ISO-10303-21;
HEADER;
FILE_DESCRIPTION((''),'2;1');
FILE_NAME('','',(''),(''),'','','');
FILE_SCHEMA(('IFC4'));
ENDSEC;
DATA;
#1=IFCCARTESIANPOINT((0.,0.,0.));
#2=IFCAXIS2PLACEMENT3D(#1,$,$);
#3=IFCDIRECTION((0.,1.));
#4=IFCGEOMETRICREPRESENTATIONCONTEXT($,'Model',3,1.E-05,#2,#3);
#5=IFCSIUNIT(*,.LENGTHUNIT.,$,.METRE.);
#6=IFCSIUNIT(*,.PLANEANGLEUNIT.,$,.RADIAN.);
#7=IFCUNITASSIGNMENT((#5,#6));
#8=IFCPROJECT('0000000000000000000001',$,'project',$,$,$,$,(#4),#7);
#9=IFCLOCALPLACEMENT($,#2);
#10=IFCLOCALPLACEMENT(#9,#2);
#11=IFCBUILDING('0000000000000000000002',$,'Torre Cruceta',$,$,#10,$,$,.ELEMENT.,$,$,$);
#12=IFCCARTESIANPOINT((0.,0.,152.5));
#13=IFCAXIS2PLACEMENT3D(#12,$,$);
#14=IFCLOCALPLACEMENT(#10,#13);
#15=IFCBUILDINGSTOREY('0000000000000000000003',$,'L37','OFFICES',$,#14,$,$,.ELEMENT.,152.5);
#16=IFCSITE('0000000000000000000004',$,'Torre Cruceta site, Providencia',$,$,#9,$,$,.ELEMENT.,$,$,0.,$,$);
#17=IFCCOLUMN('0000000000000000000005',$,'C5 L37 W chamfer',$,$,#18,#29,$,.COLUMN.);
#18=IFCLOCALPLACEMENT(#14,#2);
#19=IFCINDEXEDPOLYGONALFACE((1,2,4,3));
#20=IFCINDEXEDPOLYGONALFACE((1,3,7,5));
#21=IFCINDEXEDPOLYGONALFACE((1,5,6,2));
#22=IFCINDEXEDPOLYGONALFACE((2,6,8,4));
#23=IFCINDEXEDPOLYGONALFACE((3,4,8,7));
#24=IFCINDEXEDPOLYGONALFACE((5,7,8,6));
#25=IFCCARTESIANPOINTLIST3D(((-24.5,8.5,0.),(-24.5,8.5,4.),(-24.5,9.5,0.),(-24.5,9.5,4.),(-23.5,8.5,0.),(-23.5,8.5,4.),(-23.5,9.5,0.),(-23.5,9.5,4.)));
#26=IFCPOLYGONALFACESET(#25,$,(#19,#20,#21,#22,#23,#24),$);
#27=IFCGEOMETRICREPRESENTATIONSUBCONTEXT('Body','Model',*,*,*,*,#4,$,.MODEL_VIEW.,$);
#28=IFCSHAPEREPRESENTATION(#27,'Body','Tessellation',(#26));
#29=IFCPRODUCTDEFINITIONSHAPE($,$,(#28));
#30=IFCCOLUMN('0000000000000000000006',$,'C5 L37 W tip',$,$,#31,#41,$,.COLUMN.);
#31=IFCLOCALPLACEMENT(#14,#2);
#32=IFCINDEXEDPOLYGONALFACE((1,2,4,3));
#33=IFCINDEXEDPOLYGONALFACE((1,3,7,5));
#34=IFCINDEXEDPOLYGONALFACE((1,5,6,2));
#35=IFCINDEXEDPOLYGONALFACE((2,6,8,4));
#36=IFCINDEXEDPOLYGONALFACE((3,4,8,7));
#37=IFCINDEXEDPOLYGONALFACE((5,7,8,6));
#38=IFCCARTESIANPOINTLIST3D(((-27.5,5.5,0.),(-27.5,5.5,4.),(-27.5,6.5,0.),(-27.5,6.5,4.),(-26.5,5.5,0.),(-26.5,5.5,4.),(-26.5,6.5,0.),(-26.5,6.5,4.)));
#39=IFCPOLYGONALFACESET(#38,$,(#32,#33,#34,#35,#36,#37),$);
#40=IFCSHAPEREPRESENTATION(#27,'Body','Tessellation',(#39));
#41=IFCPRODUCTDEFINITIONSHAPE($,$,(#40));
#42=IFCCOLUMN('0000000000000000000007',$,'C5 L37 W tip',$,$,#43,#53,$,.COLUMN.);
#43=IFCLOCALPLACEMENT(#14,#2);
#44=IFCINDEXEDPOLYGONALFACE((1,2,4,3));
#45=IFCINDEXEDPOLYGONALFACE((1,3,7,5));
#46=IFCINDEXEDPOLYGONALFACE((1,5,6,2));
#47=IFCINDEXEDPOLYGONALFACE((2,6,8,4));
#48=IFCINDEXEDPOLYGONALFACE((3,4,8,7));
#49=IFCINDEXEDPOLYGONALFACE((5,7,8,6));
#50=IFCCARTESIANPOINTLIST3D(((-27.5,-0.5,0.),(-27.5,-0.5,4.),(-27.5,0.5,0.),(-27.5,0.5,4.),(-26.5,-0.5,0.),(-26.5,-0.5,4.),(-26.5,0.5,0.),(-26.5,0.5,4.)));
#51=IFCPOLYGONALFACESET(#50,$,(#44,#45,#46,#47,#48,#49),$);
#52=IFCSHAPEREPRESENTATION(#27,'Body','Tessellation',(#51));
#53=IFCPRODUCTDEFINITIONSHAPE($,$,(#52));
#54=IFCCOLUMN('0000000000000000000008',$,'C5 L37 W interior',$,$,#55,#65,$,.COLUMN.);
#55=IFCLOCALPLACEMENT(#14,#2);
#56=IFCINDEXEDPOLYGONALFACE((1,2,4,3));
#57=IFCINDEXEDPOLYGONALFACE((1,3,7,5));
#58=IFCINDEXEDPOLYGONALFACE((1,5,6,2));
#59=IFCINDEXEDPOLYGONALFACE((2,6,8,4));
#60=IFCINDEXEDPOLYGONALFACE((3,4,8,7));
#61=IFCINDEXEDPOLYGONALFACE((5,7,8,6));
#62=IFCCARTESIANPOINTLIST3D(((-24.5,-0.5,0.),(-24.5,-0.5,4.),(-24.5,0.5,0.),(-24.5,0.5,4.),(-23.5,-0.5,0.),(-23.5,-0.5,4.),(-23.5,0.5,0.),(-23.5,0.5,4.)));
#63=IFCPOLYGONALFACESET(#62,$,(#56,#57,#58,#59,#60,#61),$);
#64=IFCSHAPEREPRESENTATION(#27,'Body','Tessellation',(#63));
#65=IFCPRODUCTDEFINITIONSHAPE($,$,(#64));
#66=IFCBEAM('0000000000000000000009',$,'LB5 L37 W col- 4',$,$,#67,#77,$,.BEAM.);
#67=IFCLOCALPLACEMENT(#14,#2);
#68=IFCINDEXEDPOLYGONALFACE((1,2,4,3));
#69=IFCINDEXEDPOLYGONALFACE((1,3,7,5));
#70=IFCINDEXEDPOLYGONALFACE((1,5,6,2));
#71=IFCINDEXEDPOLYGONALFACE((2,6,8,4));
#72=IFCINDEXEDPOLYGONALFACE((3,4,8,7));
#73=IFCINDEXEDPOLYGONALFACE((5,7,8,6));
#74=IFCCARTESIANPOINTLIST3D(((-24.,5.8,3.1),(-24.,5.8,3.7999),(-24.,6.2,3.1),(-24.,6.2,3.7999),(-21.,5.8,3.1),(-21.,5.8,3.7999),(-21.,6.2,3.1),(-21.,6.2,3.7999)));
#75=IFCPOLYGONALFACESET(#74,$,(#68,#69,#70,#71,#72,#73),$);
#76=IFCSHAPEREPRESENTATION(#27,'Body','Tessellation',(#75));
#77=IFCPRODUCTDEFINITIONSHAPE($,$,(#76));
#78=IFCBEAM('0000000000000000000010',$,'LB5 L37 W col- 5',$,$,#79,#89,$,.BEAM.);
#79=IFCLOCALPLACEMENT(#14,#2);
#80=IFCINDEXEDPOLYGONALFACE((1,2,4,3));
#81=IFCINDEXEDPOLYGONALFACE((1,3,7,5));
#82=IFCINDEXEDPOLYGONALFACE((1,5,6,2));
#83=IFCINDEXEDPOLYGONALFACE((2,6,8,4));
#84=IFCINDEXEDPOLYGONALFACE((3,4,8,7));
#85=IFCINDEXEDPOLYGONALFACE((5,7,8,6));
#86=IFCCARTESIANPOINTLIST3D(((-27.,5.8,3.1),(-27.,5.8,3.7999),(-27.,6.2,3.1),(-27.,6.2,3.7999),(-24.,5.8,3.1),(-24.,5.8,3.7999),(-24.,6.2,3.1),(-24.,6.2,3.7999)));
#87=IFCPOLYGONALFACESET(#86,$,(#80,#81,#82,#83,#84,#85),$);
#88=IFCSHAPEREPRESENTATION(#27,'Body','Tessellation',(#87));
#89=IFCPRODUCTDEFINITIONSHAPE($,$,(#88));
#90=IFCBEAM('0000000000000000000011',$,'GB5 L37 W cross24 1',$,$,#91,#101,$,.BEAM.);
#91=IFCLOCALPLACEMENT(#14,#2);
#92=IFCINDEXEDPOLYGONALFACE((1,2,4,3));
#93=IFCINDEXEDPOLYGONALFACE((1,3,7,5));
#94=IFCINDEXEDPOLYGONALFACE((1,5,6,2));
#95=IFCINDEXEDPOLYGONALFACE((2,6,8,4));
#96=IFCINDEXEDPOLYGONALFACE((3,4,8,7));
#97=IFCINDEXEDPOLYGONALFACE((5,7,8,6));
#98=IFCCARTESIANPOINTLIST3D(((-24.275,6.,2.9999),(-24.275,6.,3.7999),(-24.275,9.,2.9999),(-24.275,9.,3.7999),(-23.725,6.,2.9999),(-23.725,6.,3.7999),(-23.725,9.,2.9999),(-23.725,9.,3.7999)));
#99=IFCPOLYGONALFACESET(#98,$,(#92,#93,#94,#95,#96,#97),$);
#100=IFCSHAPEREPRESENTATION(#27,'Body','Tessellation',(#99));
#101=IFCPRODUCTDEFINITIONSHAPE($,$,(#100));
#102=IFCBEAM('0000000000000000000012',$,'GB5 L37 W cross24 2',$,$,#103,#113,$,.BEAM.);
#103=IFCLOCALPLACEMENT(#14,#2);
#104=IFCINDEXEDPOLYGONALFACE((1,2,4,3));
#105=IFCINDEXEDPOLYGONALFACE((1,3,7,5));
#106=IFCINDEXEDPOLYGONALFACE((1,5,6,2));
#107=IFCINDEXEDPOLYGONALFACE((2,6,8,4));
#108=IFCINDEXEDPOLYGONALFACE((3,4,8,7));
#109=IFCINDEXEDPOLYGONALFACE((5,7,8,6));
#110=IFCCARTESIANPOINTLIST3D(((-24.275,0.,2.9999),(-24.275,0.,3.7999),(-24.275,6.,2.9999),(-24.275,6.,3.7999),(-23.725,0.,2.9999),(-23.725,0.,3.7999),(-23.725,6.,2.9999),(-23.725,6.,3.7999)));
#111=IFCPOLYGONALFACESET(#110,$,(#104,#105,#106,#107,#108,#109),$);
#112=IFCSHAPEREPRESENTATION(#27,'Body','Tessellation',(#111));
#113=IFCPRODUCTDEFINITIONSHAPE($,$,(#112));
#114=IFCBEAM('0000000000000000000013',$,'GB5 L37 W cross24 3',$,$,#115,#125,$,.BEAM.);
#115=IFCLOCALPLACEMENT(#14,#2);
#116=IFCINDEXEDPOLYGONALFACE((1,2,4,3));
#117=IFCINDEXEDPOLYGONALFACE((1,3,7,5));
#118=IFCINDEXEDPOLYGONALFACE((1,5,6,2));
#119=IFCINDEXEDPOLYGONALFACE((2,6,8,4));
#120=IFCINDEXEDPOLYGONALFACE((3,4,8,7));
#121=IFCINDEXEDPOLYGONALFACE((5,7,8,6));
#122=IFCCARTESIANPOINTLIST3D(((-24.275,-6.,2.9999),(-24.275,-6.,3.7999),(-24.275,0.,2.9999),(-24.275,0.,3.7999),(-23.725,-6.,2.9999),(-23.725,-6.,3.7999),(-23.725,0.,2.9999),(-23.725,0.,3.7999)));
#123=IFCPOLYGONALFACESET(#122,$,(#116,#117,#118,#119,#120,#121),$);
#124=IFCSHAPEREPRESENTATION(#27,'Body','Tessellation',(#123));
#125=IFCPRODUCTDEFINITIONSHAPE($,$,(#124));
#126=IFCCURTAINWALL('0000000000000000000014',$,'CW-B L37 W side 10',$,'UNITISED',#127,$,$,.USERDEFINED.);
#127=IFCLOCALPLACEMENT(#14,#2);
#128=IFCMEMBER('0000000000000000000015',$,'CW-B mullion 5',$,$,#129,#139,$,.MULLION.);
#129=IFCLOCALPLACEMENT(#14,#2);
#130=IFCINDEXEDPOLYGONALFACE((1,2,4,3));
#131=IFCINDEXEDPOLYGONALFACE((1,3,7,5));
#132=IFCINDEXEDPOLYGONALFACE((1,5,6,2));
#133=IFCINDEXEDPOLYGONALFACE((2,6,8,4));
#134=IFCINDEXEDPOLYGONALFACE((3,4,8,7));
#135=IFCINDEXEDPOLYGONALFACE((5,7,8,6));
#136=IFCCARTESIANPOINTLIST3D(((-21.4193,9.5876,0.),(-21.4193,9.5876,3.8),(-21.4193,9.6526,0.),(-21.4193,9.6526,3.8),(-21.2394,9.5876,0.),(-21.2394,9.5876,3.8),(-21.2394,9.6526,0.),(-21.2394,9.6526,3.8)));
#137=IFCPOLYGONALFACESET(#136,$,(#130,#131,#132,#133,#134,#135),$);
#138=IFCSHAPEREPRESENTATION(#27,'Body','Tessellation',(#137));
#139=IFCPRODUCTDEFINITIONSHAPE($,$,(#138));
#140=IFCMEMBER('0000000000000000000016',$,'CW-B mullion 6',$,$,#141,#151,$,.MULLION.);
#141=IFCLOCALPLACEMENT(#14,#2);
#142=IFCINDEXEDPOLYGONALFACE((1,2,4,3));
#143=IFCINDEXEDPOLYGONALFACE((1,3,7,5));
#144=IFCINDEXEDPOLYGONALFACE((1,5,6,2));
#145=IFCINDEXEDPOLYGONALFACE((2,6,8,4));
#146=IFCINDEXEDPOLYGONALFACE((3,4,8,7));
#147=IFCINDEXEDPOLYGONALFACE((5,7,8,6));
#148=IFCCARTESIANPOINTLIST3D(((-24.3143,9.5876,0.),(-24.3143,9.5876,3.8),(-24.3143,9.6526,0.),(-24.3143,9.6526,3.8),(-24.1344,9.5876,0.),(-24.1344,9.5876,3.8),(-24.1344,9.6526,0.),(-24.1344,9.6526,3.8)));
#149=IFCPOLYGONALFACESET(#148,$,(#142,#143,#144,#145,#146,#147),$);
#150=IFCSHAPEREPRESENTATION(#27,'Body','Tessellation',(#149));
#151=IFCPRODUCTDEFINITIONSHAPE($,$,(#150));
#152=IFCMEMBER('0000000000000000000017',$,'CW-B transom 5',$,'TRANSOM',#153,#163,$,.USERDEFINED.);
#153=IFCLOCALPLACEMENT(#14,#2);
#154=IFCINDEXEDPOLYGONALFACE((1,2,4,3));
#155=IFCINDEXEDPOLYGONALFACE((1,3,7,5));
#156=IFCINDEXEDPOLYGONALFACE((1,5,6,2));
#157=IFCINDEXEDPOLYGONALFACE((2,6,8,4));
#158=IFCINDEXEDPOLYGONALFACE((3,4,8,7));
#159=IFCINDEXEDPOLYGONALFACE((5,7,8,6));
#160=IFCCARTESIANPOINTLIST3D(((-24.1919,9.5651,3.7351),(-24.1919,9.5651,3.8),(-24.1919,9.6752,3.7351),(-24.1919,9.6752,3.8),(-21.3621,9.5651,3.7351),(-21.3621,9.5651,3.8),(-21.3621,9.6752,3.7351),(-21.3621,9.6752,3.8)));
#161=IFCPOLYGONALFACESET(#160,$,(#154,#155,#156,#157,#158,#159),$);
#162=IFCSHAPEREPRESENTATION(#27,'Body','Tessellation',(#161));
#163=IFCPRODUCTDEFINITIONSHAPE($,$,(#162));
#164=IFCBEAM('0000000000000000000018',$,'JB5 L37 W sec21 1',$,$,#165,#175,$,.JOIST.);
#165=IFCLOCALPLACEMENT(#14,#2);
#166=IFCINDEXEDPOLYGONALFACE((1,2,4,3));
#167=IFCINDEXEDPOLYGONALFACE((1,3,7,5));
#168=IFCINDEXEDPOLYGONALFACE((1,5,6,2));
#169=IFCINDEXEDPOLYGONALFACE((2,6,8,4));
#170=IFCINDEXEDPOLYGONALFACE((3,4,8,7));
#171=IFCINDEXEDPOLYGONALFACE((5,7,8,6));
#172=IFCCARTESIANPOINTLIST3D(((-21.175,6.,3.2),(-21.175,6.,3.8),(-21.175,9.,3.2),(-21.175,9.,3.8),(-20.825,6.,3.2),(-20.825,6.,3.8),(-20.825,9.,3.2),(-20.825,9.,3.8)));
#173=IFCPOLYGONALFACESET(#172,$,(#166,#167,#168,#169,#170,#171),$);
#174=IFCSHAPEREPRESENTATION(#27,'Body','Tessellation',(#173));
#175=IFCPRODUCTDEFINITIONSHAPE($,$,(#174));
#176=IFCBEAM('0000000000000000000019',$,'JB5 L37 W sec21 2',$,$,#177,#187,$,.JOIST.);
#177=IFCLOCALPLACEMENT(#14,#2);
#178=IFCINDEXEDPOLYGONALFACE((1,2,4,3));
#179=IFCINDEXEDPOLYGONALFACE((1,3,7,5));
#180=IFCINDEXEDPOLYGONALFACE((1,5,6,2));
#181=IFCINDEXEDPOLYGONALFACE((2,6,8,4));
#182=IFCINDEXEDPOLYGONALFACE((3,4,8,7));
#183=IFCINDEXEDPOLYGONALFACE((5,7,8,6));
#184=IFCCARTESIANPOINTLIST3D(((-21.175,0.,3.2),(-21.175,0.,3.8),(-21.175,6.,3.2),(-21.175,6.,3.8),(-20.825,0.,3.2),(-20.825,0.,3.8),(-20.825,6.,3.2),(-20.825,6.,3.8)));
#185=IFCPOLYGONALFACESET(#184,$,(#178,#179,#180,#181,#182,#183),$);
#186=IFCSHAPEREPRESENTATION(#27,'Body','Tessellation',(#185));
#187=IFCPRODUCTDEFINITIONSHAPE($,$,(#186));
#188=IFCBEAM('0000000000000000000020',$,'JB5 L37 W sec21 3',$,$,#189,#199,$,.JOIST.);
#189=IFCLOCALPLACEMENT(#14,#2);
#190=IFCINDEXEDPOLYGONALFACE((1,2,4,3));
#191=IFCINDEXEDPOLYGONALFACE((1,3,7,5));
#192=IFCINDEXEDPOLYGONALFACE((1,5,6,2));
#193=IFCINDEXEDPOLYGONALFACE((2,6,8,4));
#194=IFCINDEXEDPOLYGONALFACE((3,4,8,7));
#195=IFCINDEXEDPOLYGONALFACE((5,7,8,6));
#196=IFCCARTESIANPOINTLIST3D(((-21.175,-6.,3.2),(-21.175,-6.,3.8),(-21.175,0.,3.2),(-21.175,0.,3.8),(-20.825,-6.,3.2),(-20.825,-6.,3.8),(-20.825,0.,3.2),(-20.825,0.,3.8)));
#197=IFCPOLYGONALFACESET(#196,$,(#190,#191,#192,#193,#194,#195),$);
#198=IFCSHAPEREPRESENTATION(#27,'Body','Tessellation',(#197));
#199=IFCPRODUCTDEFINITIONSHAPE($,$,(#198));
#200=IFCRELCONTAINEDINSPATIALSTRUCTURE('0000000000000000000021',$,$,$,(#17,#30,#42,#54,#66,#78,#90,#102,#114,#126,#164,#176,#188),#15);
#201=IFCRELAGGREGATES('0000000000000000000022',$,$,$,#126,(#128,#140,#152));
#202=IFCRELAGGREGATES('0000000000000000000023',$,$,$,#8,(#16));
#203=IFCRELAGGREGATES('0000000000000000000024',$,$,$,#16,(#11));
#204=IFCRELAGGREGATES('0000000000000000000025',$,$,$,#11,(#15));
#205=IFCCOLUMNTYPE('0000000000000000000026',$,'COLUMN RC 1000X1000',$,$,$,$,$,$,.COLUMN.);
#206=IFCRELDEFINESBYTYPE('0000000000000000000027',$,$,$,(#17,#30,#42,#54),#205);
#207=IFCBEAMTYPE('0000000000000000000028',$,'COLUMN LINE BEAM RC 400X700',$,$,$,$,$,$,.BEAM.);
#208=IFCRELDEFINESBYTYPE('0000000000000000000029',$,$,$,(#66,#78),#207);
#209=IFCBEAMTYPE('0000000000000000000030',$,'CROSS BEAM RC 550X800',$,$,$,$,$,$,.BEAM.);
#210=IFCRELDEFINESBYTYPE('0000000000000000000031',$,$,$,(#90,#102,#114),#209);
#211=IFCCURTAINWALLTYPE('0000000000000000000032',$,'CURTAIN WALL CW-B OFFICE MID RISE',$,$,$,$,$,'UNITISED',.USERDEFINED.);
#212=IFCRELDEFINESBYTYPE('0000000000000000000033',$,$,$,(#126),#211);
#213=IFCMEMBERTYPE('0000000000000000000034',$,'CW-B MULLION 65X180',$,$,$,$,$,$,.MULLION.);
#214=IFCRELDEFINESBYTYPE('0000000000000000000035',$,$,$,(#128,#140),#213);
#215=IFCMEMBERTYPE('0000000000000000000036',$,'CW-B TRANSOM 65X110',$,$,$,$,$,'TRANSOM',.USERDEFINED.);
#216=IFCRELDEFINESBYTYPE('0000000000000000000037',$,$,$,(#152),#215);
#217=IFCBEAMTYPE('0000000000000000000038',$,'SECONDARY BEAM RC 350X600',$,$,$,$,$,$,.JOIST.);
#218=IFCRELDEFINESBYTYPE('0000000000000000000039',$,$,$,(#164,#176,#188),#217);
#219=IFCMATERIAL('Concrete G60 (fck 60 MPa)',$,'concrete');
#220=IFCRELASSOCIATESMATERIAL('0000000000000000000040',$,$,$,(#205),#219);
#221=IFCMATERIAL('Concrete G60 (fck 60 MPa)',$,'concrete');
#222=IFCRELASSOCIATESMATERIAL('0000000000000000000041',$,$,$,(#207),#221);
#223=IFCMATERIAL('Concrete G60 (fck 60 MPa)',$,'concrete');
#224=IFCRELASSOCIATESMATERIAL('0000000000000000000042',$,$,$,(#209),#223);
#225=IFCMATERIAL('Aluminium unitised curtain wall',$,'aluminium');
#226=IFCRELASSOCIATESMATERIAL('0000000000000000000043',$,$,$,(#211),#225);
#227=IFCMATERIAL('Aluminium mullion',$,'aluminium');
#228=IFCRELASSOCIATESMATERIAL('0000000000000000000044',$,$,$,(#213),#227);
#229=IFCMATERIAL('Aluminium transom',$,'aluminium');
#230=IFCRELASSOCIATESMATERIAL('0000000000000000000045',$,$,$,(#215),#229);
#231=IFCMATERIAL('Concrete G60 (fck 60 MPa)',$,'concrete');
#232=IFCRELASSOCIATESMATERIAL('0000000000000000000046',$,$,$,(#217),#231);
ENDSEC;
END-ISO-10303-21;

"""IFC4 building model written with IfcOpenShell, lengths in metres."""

from ifc_helpers import new_model, si_unit, direction, frame, origin, origin_2d, place, context, subcontext, project, spatial, rectangle, extrude, material, material_profile, profile_set, type_object, element, aggregate, save


model = new_model("IFC4")

# Units and contexts
model_context = context("Model", 3, precision=1e-05, world=origin(), true_north=direction((0.0, 1.0)))
body_context = subcontext(model_context, "Body", "Model", "MODEL_VIEW")
ifc_project = project(units=[si_unit("LENGTHUNIT", "METRE"), si_unit("PLANEANGLEUNIT", "RADIAN")], contexts=[model_context])

# Site, building, storey
site_placement = place(None, origin())
site = spatial("IfcSite", under=ifc_project, at=site_placement, Name="Torre Cruceta site, Providencia", CompositionType="ELEMENT", RefElevation=0.0)
building_placement = place(site_placement, origin())
building = spatial("IfcBuilding", under=site, at=building_placement, Name="Torre Cruceta", CompositionType="ELEMENT")
storey_placement = place(building_placement, frame((0.0, 0.0, 152.5)))
storey = spatial("IfcBuildingStorey", under=building, at=storey_placement, Name="L37", Description="OFFICES", CompositionType="ELEMENT", Elevation=152.5)

# Columns
ifc_material_1 = material(Name="Concrete G60 (fck 60 MPa)", Category="concrete")
ifc_material_profile_1 = material_profile(ifc_material_1, rectangle(XDim=1.0, YDim=1.0, at=origin_2d()), Name="RC 1000X1000")
ifc_profile_set_1 = profile_set([ifc_material_profile_1], Name="Concrete G60 (fck 60 MPa)")
column_type = type_object("IfcColumnType", Name="COLUMN RC 1000X1000", PredefinedType="COLUMN", material=ifc_profile_set_1)
for number, where, z_axis, x_axis, name in (
    (1, (-24.0, 9.0, 0.0), (0.0, 0.0, 1.0), (1.0, 0.0, 0.0), "C5 L37 W chamfer"),
    (2, (-27.0, 6.0, 0.0), (0.0, 0.0, 1.0), (1.0, 0.0, 0.0), "C5 L37 W tip"),
    (3, (-27.0, 0.0, 0.0), (0.0, 0.0, 1.0), (1.0, 0.0, 0.0), "C5 L37 W tip"),
    (4, (-24.0, 0.0, 0.0), (0.0, 0.0, 1.0), (1.0, 0.0, 0.0), "C5 L37 W interior"),
):
    element("IfcColumn", number, at=place(storey_placement, frame(where, z_axis=z_axis, x_axis=x_axis)), inside=storey, type_object=column_type, Name=name, PredefinedType="COLUMN", context=body_context, shape_type="SweptSolid", body=[
        extrude(rectangle(XDim=1.0, YDim=1.0, at=origin_2d()), origin(), (0.0, 0.0, 1.0), 4.0),
    ])

# Beams
ifc_material_2 = material(Name="Concrete G60 (fck 60 MPa)", Category="concrete")
ifc_material_profile_2 = material_profile(ifc_material_2, rectangle(XDim=0.3999, YDim=0.7, at=origin_2d()), Name="RC 400X700")
ifc_profile_set_2 = profile_set([ifc_material_profile_2], Name="Concrete G60 (fck 60 MPa)")
beam_type_1 = type_object("IfcBeamType", Name="COLUMN LINE BEAM RC 400X700", PredefinedType="BEAM", material=ifc_profile_set_2)
for number, where, z_axis, x_axis, name in (
    (5, (-21.0, 6.0, 3.45), (-1.0, 0.0, 0.0), (0.0, -1.0, 0.0), "LB5 L37 W col- 4"),
    (6, (-24.0, 6.0, 3.45), (-1.0, 0.0, 0.0), (0.0, -1.0, 0.0), "LB5 L37 W col- 5"),
):
    element("IfcBeam", number, at=place(storey_placement, frame(where, z_axis=z_axis, x_axis=x_axis)), inside=storey, type_object=beam_type_1, Name=name, PredefinedType="BEAM", context=body_context, shape_type="SweptSolid", body=[
        extrude(rectangle(XDim=0.3999, YDim=0.7, at=origin_2d()), origin(), (0.0, 0.0, 1.0), 3.0),
    ])
ifc_material_3 = material(Name="Concrete G60 (fck 60 MPa)", Category="concrete")
ifc_material_profile_3 = material_profile(ifc_material_3, rectangle(XDim=0.55, YDim=0.8, at=origin_2d()), Name="RC 550X800")
ifc_profile_set_3 = profile_set([ifc_material_profile_3], Name="Concrete G60 (fck 60 MPa)")
beam_type_2 = type_object("IfcBeamType", Name="CROSS BEAM RC 550X800", PredefinedType="BEAM", material=ifc_profile_set_3)
beam_1_placement = place(storey_placement, frame((-24.0, 9.0, 3.3999), z_axis=(0.0, -1.0, 0.0), x_axis=(1.0, 0.0, 0.0)))
element("IfcBeam", 7, at=beam_1_placement, inside=storey, type_object=beam_type_2, Name="GB5 L37 W cross24 1", PredefinedType="BEAM", context=body_context, shape_type="SweptSolid", body=[
    extrude(rectangle(XDim=0.55, YDim=0.8, at=origin_2d()), origin(), (0.0, 0.0, 1.0), 3.0),
])
for number, where, z_axis, x_axis, name in (
    (8, (-24.0, 6.0, 3.3999), (0.0, -1.0, 0.0), (1.0, 0.0, 0.0), "GB5 L37 W cross24 2"),
    (9, (-24.0, 0.0, 3.3999), (0.0, -1.0, 0.0), (1.0, 0.0, 0.0), "GB5 L37 W cross24 3"),
):
    element("IfcBeam", number, at=place(storey_placement, frame(where, z_axis=z_axis, x_axis=x_axis)), inside=storey, type_object=beam_type_2, Name=name, PredefinedType="BEAM", context=body_context, shape_type="SweptSolid", body=[
        extrude(rectangle(XDim=0.55, YDim=0.8, at=origin_2d()), origin(), (0.0, 0.0, 1.0), 6.0),
    ])

# Curtain wall, members
ifc_material_4 = material(Name="Aluminium unitised curtain wall", Category="aluminium")
curtain_wall_type = type_object("IfcCurtainWallType", Name="CURTAIN WALL CW-B OFFICE MID RISE", ElementType="UNITISED", PredefinedType="USERDEFINED", material=ifc_material_4)
curtain_wall_placement = place(storey_placement, origin())
curtain_wall = element("IfcCurtainWall", 10, at=curtain_wall_placement, inside=storey, type_object=curtain_wall_type, Name="CW-B L37 W side 10", ObjectType="UNITISED", PredefinedType="USERDEFINED")
ifc_material_5 = material(Name="Aluminium mullion", Category="aluminium")
ifc_material_profile_4 = material_profile(ifc_material_5, rectangle(XDim=0.0649, YDim=0.1799, at=origin_2d()), Name="AL 65X180")
ifc_profile_set_4 = profile_set([ifc_material_profile_4], Name="Aluminium mullion")
member_type_1 = type_object("IfcMemberType", Name="CW-B MULLION 65X180", PredefinedType="MULLION", material=ifc_profile_set_4)
member_1_placement = place(storey_placement, frame((-21.3293, 9.6201, 0.0), z_axis=(0.0, 0.0, 1.0), x_axis=(0.0, -1.0, 0.0)))
member_1 = element("IfcMember", 11, at=member_1_placement, type_object=member_type_1, Name="CW-B mullion 5", PredefinedType="MULLION", context=body_context, shape_type="SweptSolid", body=[
    extrude(rectangle(XDim=0.0649, YDim=0.1799, at=origin_2d()), origin(), (0.0, 0.0, 1.0), 3.8),
])
member_2_placement = place(storey_placement, frame((-24.2244, 9.6201, 0.0), z_axis=(0.0, 0.0, 1.0), x_axis=(0.0, -1.0, 0.0)))
member_2 = element("IfcMember", 12, at=member_2_placement, type_object=member_type_1, Name="CW-B mullion 6", PredefinedType="MULLION", context=body_context, shape_type="SweptSolid", body=[
    extrude(rectangle(XDim=0.0649, YDim=0.1799, at=origin_2d()), origin(), (0.0, 0.0, 1.0), 3.8),
])
ifc_material_6 = material(Name="Aluminium transom", Category="aluminium")
ifc_material_profile_5 = material_profile(ifc_material_6, rectangle(XDim=0.1101, YDim=0.0649, at=origin_2d()), Name="AL 110X65")
ifc_profile_set_5 = profile_set([ifc_material_profile_5], Name="Aluminium transom")
member_type_2 = type_object("IfcMemberType", Name="CW-B TRANSOM 65X110", ElementType="TRANSOM", PredefinedType="USERDEFINED", material=ifc_profile_set_5)
member_3_placement = place(storey_placement, frame((-21.3621, 9.6201, 3.7676), z_axis=(-1.0, 0.0, 0.0), x_axis=(0.0, -1.0, 0.0)))
member_3 = element("IfcMember", 13, at=member_3_placement, type_object=member_type_2, Name="CW-B transom 5", ObjectType="TRANSOM", PredefinedType="USERDEFINED", context=body_context, shape_type="SweptSolid", body=[
    extrude(rectangle(XDim=0.1101, YDim=0.0649, at=origin_2d()), origin(), (0.0, 0.0, 1.0), 2.8298),
])

# Beams
ifc_material_7 = material(Name="Concrete G60 (fck 60 MPa)", Category="concrete")
ifc_material_profile_6 = material_profile(ifc_material_7, rectangle(XDim=0.3501, YDim=0.6001, at=origin_2d()), Name="RC 350X600")
ifc_profile_set_6 = profile_set([ifc_material_profile_6], Name="Concrete G60 (fck 60 MPa)")
beam_type_3 = type_object("IfcBeamType", Name="SECONDARY BEAM RC 350X600", PredefinedType="JOIST", material=ifc_profile_set_6)
beam_2_placement = place(storey_placement, frame((-21.0, 9.0, 3.5), z_axis=(0.0, -1.0, 0.0), x_axis=(1.0, 0.0, 0.0)))
element("IfcBeam", 14, at=beam_2_placement, inside=storey, type_object=beam_type_3, Name="JB5 L37 W sec21 1", PredefinedType="JOIST", context=body_context, shape_type="SweptSolid", body=[
    extrude(rectangle(XDim=0.3501, YDim=0.6001, at=origin_2d()), origin(), (0.0, 0.0, 1.0), 3.0),
])
for number, where, z_axis, x_axis, name in (
    (15, (-21.0, 6.0, 3.5), (0.0, -1.0, 0.0), (1.0, 0.0, 0.0), "JB5 L37 W sec21 2"),
    (16, (-21.0, 0.0, 3.5), (0.0, -1.0, 0.0), (1.0, 0.0, 0.0), "JB5 L37 W sec21 3"),
):
    element("IfcBeam", number, at=place(storey_placement, frame(where, z_axis=z_axis, x_axis=x_axis)), inside=storey, type_object=beam_type_3, Name=name, PredefinedType="JOIST", context=body_context, shape_type="SweptSolid", body=[
        extrude(rectangle(XDim=0.3501, YDim=0.6001, at=origin_2d()), origin(), (0.0, 0.0, 1.0), 6.0),
    ])

aggregate(curtain_wall, [member_1, member_2, member_3])

save(model, "model.ifc")
